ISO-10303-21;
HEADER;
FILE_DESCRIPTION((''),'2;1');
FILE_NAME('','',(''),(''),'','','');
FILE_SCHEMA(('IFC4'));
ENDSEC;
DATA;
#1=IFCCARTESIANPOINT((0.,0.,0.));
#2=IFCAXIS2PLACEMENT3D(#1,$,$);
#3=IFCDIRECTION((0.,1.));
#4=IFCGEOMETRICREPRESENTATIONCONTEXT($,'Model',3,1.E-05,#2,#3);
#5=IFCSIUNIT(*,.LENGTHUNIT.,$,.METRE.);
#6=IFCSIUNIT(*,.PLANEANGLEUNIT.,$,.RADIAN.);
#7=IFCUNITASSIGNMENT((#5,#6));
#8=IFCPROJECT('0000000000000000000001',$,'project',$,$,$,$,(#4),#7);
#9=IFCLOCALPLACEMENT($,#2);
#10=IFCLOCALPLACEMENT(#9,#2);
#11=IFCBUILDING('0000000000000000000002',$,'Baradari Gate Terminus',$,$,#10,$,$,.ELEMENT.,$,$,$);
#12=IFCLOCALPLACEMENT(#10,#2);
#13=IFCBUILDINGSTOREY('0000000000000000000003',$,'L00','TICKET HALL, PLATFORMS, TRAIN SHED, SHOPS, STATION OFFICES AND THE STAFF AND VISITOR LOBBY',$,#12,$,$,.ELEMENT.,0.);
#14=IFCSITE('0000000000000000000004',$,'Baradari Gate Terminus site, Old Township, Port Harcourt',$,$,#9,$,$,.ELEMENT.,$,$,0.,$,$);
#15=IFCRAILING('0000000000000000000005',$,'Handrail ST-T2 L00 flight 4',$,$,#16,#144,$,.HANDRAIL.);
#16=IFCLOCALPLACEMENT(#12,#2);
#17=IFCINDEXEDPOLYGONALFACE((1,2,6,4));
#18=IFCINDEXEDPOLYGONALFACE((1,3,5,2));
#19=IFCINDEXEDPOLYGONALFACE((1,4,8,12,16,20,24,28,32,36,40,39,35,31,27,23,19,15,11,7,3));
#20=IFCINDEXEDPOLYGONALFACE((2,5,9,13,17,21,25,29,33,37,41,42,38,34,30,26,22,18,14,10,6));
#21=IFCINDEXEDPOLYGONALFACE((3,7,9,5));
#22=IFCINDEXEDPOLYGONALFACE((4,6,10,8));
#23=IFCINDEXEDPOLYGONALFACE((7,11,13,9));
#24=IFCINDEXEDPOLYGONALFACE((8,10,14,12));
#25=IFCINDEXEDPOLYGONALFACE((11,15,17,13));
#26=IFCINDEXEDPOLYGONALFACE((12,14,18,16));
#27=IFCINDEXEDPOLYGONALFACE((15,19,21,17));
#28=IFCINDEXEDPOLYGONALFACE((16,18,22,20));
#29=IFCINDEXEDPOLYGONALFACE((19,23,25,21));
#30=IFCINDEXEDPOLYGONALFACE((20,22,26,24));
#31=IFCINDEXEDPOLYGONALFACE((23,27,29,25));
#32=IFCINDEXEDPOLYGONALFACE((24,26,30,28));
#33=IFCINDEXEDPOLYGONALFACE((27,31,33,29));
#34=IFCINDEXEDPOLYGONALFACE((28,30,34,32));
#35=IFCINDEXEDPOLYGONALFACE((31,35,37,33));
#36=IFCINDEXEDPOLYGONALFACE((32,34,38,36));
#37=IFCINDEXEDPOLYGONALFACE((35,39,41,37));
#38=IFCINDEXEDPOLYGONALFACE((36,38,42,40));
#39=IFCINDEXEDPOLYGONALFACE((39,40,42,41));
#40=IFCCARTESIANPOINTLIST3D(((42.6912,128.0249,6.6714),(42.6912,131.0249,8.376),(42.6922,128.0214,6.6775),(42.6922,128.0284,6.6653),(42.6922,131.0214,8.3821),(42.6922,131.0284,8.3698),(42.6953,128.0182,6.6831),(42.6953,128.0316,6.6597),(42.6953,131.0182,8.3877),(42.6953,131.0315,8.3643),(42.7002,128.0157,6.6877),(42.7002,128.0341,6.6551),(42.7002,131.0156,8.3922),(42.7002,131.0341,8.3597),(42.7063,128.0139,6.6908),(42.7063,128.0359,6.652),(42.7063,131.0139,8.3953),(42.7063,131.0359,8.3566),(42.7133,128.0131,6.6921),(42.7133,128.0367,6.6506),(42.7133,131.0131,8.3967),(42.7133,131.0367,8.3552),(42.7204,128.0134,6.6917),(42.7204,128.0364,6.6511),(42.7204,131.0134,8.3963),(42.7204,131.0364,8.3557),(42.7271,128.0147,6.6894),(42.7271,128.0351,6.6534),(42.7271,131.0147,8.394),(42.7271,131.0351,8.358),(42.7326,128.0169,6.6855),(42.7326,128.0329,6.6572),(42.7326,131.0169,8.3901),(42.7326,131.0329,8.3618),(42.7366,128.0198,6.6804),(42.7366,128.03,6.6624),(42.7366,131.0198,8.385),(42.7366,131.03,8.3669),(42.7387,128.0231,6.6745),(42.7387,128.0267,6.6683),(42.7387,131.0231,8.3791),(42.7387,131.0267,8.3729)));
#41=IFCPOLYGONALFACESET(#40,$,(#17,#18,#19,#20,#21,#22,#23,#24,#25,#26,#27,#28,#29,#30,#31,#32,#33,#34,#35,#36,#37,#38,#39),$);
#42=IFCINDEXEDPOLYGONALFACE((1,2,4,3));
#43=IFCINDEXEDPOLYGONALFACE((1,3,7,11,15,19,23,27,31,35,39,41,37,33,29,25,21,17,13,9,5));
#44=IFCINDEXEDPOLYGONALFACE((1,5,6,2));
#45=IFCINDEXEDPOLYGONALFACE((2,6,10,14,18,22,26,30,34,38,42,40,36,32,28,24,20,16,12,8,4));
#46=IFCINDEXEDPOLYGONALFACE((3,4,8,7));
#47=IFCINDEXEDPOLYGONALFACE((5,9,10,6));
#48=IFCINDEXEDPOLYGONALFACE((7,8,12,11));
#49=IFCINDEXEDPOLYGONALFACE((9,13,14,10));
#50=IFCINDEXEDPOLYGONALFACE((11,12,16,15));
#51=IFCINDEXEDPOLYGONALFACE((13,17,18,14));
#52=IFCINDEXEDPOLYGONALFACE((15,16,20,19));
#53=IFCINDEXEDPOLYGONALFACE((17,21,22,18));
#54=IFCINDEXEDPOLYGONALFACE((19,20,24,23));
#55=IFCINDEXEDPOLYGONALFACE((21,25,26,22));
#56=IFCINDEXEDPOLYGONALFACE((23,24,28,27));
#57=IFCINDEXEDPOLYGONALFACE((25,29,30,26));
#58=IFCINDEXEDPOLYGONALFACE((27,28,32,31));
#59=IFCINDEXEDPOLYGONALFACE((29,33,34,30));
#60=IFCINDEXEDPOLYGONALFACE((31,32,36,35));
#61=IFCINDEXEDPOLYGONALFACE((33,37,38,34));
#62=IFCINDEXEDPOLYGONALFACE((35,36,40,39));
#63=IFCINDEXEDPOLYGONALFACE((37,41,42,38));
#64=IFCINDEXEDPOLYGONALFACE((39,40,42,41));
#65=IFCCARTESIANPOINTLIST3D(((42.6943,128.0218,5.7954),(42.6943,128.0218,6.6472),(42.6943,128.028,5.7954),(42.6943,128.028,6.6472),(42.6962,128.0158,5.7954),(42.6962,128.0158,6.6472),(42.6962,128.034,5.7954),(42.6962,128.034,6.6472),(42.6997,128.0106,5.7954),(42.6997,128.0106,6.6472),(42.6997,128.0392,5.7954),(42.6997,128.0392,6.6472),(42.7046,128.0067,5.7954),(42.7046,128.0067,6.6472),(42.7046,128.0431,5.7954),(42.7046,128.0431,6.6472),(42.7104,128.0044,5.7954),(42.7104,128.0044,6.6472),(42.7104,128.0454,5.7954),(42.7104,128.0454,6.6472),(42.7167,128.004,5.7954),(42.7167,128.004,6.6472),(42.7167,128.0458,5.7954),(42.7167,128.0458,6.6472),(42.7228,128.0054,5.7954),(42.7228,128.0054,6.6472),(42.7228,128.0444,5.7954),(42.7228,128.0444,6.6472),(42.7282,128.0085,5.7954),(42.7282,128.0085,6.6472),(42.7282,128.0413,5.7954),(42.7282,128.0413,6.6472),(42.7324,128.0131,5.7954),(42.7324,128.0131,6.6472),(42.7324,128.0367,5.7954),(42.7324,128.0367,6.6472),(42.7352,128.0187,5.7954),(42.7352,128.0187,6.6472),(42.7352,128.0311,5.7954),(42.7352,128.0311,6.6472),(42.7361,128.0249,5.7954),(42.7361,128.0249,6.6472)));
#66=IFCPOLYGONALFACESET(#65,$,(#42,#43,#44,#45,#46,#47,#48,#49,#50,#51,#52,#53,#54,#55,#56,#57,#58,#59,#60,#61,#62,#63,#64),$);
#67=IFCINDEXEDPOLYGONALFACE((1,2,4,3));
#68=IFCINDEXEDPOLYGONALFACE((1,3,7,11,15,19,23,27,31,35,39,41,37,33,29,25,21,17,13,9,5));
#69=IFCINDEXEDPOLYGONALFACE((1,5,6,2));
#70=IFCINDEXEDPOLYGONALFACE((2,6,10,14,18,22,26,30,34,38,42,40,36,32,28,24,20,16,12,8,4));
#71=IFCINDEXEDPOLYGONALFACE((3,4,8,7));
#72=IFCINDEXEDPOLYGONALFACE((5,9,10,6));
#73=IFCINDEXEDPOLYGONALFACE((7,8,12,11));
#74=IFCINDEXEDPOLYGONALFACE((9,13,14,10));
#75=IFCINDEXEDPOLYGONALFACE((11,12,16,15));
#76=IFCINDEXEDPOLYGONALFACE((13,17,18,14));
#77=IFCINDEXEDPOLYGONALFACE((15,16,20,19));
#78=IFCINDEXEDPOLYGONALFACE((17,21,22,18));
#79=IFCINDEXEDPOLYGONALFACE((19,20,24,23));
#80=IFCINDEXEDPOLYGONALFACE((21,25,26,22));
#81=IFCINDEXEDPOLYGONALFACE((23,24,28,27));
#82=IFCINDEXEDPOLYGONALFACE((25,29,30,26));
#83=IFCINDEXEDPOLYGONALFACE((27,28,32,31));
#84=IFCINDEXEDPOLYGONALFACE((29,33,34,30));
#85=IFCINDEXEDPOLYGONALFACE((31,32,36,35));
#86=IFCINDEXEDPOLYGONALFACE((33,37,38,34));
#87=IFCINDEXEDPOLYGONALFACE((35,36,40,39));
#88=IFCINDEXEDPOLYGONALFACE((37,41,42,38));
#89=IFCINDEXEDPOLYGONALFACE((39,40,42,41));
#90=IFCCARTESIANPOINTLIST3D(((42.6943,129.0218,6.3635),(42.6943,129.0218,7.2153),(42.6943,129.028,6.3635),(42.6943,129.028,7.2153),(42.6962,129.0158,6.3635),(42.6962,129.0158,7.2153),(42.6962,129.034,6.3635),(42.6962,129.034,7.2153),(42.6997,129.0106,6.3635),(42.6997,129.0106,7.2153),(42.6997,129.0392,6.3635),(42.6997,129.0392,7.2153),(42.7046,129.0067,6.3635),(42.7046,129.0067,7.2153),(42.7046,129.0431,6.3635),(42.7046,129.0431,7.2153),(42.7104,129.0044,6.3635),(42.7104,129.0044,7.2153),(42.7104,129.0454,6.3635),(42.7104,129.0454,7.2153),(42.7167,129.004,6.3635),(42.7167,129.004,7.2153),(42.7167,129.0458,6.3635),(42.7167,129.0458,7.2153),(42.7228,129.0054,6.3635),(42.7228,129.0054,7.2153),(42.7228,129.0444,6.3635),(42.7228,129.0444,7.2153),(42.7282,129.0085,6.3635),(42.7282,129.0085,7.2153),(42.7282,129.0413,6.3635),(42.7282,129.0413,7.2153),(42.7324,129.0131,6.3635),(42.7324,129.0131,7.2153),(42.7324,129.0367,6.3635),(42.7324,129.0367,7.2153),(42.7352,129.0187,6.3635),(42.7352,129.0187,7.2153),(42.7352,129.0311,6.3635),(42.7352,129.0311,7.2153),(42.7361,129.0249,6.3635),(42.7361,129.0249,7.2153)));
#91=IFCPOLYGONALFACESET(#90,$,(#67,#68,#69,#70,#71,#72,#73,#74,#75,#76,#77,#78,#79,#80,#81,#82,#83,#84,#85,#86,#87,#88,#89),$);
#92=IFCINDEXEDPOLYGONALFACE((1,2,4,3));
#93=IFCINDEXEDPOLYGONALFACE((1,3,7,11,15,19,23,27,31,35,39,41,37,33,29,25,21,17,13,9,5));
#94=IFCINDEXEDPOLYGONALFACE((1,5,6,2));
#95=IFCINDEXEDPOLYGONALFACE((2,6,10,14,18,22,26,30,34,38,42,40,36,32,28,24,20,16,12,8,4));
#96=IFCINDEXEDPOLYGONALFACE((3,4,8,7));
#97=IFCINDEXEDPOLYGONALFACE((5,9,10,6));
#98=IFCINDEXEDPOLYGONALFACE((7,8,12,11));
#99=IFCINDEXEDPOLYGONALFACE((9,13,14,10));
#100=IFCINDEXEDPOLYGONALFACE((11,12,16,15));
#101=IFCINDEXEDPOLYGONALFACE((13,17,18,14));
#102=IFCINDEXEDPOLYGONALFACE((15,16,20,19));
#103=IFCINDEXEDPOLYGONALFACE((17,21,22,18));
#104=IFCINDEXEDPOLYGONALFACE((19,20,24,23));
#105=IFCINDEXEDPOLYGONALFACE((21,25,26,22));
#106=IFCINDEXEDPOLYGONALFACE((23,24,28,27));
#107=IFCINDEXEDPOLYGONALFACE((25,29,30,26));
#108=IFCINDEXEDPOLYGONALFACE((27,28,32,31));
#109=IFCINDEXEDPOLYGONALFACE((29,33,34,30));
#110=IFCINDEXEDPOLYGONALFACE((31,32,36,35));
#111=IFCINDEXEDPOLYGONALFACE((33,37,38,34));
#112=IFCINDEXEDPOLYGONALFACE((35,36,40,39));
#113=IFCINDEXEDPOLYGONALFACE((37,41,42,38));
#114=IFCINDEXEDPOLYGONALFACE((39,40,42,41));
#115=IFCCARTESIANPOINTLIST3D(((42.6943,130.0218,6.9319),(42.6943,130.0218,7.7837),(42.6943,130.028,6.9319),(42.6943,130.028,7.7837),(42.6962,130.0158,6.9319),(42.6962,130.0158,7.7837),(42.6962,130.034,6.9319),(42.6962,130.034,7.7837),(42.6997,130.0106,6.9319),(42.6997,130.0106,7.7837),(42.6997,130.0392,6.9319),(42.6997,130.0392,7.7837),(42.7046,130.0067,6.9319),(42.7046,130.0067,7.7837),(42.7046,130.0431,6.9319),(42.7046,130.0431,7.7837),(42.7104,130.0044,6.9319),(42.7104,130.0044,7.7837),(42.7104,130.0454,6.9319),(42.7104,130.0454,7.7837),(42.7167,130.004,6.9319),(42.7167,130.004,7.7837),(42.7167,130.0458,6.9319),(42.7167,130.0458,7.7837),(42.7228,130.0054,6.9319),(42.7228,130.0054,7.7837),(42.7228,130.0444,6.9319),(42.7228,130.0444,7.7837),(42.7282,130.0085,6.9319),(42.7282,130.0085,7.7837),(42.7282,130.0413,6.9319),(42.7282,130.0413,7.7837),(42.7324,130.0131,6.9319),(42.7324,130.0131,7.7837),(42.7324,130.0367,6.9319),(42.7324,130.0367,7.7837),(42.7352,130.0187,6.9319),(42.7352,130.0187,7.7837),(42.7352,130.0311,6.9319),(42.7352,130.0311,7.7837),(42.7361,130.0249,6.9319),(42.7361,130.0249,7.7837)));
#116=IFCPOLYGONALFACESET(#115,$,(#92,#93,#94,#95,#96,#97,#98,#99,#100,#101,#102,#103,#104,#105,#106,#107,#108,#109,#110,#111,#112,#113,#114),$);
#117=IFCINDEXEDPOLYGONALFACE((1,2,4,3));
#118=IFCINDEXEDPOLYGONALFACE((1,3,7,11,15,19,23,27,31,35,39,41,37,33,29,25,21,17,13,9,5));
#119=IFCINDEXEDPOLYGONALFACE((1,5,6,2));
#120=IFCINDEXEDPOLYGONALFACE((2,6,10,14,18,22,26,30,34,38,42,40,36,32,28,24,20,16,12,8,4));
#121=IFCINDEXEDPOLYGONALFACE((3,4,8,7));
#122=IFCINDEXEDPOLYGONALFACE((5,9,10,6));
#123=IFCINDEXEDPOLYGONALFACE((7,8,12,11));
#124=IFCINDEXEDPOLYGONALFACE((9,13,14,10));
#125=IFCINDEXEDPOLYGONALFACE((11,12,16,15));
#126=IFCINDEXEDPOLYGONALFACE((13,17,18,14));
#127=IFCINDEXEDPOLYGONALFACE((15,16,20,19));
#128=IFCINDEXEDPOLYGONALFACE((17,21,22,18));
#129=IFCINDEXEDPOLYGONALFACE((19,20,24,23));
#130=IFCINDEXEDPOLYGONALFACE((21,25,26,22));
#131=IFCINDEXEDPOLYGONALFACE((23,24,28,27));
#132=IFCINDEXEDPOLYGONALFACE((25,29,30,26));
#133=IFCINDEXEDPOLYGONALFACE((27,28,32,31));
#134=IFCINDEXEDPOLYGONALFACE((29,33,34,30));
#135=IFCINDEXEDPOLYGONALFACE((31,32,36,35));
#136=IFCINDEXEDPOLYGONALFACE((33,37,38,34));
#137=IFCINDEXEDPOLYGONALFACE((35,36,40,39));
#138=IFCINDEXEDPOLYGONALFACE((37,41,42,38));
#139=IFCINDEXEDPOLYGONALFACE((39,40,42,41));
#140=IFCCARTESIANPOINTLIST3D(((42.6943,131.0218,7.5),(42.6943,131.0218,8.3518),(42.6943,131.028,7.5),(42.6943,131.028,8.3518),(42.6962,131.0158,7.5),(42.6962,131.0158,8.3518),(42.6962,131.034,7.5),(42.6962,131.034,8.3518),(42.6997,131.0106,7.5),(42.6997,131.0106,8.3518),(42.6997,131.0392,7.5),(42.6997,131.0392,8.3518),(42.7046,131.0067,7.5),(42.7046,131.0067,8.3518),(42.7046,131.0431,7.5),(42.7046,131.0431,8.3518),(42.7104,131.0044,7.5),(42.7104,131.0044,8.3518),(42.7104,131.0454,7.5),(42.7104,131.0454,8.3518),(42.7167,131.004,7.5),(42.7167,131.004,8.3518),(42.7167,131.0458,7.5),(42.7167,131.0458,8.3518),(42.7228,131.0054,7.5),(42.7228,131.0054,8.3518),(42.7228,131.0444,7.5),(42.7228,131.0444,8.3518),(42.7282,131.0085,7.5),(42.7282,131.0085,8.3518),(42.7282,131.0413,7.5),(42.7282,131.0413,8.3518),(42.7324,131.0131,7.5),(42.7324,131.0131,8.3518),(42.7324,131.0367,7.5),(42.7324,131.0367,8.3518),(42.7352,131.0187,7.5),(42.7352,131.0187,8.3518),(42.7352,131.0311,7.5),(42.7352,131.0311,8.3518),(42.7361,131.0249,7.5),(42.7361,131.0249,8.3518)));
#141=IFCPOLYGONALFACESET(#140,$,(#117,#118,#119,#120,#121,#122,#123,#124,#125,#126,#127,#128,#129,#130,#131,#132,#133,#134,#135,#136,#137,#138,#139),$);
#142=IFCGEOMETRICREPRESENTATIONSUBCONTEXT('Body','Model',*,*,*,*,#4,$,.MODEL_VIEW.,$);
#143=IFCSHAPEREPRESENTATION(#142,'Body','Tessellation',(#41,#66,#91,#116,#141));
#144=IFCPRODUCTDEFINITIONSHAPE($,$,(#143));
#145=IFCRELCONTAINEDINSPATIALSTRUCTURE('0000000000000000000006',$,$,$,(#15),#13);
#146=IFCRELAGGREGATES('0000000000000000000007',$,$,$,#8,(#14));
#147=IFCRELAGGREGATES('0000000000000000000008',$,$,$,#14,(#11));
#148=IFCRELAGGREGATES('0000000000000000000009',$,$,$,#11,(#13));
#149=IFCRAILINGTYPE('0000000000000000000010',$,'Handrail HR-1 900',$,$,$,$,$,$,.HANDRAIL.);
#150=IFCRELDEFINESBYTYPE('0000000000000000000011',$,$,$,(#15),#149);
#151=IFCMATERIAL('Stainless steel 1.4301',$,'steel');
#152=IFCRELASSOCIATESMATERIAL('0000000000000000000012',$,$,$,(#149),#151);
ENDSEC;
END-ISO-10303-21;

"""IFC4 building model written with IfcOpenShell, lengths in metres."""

from ifc_helpers import new_model, si_unit, direction, frame, origin, origin_2d, place, context, subcontext, project, spatial, circle, extrude, material, type_object, element, save


model = new_model("IFC4")

# Units and contexts
model_context = context("Model", 3, precision=1e-05, world=origin(), true_north=direction((0.0, 1.0)))
body_context = subcontext(model_context, "Body", "Model", "MODEL_VIEW")
ifc_project = project(units=[si_unit("LENGTHUNIT", "METRE"), si_unit("PLANEANGLEUNIT", "RADIAN")], contexts=[model_context])

# Site, building, storey
site_placement = place(None, origin())
site = spatial("IfcSite", under=ifc_project, at=site_placement, Name="Baradari Gate Terminus site, Old Township, Port Harcourt", CompositionType="ELEMENT", RefElevation=0.0)
building_placement = place(site_placement, origin())
building = spatial("IfcBuilding", under=site, at=building_placement, Name="Baradari Gate Terminus", CompositionType="ELEMENT")
storey_placement = place(building_placement, origin())
storey = spatial("IfcBuildingStorey", under=building, at=storey_placement, Name="L00", Description="TICKET HALL, PLATFORMS, TRAIN SHED, SHOPS, STATION OFFICES AND THE STAFF AND VISITOR LOBBY", CompositionType="ELEMENT", Elevation=0.0)

# Railing
ifc_material_1 = material(Name="Stainless steel 1.4301", Category="steel")
railing_type_1 = type_object("IfcRailingType", Name="Handrail HR-1 900", PredefinedType="HANDRAIL", material=ifc_material_1)
for number, where, name in (
    (1, (42.7151, 128.0249, 5.7954), "Handrail ST-T2 L00 flight 4"),
):
    element("IfcRailing", number, at=place(storey_placement, frame(where)), inside=storey, type_object=railing_type_1, Name=name, PredefinedType="HANDRAIL", context=body_context, shape_type="SweptSolid", body=[
        extrude(circle(Radius=0.0239, at=origin_2d()), frame((0.0, 0.0, 0.876), z_axis=(0.0, 0.869451, 0.494019), x_axis=(-1.0, 0.0, 0.0)), (0.0, 0.0, 1.0), 3.4504),
        extrude(circle(Radius=0.021, at=origin_2d()), origin(), (0.0, 0.0, 1.0), 0.8518),
        extrude(circle(Radius=0.021, at=origin_2d()), frame((0.0, 1.0, 0.5681)), (0.0, 0.0, 1.0), 0.8518),
        extrude(circle(Radius=0.021, at=origin_2d()), frame((0.0, 2.0, 1.1365)), (0.0, 0.0, 1.0), 0.8518),
        extrude(circle(Radius=0.021, at=origin_2d()), frame((0.0, 3.0, 1.7046)), (0.0, 0.0, 1.0), 0.8518),
    ])

save(model, "model.ifc")
